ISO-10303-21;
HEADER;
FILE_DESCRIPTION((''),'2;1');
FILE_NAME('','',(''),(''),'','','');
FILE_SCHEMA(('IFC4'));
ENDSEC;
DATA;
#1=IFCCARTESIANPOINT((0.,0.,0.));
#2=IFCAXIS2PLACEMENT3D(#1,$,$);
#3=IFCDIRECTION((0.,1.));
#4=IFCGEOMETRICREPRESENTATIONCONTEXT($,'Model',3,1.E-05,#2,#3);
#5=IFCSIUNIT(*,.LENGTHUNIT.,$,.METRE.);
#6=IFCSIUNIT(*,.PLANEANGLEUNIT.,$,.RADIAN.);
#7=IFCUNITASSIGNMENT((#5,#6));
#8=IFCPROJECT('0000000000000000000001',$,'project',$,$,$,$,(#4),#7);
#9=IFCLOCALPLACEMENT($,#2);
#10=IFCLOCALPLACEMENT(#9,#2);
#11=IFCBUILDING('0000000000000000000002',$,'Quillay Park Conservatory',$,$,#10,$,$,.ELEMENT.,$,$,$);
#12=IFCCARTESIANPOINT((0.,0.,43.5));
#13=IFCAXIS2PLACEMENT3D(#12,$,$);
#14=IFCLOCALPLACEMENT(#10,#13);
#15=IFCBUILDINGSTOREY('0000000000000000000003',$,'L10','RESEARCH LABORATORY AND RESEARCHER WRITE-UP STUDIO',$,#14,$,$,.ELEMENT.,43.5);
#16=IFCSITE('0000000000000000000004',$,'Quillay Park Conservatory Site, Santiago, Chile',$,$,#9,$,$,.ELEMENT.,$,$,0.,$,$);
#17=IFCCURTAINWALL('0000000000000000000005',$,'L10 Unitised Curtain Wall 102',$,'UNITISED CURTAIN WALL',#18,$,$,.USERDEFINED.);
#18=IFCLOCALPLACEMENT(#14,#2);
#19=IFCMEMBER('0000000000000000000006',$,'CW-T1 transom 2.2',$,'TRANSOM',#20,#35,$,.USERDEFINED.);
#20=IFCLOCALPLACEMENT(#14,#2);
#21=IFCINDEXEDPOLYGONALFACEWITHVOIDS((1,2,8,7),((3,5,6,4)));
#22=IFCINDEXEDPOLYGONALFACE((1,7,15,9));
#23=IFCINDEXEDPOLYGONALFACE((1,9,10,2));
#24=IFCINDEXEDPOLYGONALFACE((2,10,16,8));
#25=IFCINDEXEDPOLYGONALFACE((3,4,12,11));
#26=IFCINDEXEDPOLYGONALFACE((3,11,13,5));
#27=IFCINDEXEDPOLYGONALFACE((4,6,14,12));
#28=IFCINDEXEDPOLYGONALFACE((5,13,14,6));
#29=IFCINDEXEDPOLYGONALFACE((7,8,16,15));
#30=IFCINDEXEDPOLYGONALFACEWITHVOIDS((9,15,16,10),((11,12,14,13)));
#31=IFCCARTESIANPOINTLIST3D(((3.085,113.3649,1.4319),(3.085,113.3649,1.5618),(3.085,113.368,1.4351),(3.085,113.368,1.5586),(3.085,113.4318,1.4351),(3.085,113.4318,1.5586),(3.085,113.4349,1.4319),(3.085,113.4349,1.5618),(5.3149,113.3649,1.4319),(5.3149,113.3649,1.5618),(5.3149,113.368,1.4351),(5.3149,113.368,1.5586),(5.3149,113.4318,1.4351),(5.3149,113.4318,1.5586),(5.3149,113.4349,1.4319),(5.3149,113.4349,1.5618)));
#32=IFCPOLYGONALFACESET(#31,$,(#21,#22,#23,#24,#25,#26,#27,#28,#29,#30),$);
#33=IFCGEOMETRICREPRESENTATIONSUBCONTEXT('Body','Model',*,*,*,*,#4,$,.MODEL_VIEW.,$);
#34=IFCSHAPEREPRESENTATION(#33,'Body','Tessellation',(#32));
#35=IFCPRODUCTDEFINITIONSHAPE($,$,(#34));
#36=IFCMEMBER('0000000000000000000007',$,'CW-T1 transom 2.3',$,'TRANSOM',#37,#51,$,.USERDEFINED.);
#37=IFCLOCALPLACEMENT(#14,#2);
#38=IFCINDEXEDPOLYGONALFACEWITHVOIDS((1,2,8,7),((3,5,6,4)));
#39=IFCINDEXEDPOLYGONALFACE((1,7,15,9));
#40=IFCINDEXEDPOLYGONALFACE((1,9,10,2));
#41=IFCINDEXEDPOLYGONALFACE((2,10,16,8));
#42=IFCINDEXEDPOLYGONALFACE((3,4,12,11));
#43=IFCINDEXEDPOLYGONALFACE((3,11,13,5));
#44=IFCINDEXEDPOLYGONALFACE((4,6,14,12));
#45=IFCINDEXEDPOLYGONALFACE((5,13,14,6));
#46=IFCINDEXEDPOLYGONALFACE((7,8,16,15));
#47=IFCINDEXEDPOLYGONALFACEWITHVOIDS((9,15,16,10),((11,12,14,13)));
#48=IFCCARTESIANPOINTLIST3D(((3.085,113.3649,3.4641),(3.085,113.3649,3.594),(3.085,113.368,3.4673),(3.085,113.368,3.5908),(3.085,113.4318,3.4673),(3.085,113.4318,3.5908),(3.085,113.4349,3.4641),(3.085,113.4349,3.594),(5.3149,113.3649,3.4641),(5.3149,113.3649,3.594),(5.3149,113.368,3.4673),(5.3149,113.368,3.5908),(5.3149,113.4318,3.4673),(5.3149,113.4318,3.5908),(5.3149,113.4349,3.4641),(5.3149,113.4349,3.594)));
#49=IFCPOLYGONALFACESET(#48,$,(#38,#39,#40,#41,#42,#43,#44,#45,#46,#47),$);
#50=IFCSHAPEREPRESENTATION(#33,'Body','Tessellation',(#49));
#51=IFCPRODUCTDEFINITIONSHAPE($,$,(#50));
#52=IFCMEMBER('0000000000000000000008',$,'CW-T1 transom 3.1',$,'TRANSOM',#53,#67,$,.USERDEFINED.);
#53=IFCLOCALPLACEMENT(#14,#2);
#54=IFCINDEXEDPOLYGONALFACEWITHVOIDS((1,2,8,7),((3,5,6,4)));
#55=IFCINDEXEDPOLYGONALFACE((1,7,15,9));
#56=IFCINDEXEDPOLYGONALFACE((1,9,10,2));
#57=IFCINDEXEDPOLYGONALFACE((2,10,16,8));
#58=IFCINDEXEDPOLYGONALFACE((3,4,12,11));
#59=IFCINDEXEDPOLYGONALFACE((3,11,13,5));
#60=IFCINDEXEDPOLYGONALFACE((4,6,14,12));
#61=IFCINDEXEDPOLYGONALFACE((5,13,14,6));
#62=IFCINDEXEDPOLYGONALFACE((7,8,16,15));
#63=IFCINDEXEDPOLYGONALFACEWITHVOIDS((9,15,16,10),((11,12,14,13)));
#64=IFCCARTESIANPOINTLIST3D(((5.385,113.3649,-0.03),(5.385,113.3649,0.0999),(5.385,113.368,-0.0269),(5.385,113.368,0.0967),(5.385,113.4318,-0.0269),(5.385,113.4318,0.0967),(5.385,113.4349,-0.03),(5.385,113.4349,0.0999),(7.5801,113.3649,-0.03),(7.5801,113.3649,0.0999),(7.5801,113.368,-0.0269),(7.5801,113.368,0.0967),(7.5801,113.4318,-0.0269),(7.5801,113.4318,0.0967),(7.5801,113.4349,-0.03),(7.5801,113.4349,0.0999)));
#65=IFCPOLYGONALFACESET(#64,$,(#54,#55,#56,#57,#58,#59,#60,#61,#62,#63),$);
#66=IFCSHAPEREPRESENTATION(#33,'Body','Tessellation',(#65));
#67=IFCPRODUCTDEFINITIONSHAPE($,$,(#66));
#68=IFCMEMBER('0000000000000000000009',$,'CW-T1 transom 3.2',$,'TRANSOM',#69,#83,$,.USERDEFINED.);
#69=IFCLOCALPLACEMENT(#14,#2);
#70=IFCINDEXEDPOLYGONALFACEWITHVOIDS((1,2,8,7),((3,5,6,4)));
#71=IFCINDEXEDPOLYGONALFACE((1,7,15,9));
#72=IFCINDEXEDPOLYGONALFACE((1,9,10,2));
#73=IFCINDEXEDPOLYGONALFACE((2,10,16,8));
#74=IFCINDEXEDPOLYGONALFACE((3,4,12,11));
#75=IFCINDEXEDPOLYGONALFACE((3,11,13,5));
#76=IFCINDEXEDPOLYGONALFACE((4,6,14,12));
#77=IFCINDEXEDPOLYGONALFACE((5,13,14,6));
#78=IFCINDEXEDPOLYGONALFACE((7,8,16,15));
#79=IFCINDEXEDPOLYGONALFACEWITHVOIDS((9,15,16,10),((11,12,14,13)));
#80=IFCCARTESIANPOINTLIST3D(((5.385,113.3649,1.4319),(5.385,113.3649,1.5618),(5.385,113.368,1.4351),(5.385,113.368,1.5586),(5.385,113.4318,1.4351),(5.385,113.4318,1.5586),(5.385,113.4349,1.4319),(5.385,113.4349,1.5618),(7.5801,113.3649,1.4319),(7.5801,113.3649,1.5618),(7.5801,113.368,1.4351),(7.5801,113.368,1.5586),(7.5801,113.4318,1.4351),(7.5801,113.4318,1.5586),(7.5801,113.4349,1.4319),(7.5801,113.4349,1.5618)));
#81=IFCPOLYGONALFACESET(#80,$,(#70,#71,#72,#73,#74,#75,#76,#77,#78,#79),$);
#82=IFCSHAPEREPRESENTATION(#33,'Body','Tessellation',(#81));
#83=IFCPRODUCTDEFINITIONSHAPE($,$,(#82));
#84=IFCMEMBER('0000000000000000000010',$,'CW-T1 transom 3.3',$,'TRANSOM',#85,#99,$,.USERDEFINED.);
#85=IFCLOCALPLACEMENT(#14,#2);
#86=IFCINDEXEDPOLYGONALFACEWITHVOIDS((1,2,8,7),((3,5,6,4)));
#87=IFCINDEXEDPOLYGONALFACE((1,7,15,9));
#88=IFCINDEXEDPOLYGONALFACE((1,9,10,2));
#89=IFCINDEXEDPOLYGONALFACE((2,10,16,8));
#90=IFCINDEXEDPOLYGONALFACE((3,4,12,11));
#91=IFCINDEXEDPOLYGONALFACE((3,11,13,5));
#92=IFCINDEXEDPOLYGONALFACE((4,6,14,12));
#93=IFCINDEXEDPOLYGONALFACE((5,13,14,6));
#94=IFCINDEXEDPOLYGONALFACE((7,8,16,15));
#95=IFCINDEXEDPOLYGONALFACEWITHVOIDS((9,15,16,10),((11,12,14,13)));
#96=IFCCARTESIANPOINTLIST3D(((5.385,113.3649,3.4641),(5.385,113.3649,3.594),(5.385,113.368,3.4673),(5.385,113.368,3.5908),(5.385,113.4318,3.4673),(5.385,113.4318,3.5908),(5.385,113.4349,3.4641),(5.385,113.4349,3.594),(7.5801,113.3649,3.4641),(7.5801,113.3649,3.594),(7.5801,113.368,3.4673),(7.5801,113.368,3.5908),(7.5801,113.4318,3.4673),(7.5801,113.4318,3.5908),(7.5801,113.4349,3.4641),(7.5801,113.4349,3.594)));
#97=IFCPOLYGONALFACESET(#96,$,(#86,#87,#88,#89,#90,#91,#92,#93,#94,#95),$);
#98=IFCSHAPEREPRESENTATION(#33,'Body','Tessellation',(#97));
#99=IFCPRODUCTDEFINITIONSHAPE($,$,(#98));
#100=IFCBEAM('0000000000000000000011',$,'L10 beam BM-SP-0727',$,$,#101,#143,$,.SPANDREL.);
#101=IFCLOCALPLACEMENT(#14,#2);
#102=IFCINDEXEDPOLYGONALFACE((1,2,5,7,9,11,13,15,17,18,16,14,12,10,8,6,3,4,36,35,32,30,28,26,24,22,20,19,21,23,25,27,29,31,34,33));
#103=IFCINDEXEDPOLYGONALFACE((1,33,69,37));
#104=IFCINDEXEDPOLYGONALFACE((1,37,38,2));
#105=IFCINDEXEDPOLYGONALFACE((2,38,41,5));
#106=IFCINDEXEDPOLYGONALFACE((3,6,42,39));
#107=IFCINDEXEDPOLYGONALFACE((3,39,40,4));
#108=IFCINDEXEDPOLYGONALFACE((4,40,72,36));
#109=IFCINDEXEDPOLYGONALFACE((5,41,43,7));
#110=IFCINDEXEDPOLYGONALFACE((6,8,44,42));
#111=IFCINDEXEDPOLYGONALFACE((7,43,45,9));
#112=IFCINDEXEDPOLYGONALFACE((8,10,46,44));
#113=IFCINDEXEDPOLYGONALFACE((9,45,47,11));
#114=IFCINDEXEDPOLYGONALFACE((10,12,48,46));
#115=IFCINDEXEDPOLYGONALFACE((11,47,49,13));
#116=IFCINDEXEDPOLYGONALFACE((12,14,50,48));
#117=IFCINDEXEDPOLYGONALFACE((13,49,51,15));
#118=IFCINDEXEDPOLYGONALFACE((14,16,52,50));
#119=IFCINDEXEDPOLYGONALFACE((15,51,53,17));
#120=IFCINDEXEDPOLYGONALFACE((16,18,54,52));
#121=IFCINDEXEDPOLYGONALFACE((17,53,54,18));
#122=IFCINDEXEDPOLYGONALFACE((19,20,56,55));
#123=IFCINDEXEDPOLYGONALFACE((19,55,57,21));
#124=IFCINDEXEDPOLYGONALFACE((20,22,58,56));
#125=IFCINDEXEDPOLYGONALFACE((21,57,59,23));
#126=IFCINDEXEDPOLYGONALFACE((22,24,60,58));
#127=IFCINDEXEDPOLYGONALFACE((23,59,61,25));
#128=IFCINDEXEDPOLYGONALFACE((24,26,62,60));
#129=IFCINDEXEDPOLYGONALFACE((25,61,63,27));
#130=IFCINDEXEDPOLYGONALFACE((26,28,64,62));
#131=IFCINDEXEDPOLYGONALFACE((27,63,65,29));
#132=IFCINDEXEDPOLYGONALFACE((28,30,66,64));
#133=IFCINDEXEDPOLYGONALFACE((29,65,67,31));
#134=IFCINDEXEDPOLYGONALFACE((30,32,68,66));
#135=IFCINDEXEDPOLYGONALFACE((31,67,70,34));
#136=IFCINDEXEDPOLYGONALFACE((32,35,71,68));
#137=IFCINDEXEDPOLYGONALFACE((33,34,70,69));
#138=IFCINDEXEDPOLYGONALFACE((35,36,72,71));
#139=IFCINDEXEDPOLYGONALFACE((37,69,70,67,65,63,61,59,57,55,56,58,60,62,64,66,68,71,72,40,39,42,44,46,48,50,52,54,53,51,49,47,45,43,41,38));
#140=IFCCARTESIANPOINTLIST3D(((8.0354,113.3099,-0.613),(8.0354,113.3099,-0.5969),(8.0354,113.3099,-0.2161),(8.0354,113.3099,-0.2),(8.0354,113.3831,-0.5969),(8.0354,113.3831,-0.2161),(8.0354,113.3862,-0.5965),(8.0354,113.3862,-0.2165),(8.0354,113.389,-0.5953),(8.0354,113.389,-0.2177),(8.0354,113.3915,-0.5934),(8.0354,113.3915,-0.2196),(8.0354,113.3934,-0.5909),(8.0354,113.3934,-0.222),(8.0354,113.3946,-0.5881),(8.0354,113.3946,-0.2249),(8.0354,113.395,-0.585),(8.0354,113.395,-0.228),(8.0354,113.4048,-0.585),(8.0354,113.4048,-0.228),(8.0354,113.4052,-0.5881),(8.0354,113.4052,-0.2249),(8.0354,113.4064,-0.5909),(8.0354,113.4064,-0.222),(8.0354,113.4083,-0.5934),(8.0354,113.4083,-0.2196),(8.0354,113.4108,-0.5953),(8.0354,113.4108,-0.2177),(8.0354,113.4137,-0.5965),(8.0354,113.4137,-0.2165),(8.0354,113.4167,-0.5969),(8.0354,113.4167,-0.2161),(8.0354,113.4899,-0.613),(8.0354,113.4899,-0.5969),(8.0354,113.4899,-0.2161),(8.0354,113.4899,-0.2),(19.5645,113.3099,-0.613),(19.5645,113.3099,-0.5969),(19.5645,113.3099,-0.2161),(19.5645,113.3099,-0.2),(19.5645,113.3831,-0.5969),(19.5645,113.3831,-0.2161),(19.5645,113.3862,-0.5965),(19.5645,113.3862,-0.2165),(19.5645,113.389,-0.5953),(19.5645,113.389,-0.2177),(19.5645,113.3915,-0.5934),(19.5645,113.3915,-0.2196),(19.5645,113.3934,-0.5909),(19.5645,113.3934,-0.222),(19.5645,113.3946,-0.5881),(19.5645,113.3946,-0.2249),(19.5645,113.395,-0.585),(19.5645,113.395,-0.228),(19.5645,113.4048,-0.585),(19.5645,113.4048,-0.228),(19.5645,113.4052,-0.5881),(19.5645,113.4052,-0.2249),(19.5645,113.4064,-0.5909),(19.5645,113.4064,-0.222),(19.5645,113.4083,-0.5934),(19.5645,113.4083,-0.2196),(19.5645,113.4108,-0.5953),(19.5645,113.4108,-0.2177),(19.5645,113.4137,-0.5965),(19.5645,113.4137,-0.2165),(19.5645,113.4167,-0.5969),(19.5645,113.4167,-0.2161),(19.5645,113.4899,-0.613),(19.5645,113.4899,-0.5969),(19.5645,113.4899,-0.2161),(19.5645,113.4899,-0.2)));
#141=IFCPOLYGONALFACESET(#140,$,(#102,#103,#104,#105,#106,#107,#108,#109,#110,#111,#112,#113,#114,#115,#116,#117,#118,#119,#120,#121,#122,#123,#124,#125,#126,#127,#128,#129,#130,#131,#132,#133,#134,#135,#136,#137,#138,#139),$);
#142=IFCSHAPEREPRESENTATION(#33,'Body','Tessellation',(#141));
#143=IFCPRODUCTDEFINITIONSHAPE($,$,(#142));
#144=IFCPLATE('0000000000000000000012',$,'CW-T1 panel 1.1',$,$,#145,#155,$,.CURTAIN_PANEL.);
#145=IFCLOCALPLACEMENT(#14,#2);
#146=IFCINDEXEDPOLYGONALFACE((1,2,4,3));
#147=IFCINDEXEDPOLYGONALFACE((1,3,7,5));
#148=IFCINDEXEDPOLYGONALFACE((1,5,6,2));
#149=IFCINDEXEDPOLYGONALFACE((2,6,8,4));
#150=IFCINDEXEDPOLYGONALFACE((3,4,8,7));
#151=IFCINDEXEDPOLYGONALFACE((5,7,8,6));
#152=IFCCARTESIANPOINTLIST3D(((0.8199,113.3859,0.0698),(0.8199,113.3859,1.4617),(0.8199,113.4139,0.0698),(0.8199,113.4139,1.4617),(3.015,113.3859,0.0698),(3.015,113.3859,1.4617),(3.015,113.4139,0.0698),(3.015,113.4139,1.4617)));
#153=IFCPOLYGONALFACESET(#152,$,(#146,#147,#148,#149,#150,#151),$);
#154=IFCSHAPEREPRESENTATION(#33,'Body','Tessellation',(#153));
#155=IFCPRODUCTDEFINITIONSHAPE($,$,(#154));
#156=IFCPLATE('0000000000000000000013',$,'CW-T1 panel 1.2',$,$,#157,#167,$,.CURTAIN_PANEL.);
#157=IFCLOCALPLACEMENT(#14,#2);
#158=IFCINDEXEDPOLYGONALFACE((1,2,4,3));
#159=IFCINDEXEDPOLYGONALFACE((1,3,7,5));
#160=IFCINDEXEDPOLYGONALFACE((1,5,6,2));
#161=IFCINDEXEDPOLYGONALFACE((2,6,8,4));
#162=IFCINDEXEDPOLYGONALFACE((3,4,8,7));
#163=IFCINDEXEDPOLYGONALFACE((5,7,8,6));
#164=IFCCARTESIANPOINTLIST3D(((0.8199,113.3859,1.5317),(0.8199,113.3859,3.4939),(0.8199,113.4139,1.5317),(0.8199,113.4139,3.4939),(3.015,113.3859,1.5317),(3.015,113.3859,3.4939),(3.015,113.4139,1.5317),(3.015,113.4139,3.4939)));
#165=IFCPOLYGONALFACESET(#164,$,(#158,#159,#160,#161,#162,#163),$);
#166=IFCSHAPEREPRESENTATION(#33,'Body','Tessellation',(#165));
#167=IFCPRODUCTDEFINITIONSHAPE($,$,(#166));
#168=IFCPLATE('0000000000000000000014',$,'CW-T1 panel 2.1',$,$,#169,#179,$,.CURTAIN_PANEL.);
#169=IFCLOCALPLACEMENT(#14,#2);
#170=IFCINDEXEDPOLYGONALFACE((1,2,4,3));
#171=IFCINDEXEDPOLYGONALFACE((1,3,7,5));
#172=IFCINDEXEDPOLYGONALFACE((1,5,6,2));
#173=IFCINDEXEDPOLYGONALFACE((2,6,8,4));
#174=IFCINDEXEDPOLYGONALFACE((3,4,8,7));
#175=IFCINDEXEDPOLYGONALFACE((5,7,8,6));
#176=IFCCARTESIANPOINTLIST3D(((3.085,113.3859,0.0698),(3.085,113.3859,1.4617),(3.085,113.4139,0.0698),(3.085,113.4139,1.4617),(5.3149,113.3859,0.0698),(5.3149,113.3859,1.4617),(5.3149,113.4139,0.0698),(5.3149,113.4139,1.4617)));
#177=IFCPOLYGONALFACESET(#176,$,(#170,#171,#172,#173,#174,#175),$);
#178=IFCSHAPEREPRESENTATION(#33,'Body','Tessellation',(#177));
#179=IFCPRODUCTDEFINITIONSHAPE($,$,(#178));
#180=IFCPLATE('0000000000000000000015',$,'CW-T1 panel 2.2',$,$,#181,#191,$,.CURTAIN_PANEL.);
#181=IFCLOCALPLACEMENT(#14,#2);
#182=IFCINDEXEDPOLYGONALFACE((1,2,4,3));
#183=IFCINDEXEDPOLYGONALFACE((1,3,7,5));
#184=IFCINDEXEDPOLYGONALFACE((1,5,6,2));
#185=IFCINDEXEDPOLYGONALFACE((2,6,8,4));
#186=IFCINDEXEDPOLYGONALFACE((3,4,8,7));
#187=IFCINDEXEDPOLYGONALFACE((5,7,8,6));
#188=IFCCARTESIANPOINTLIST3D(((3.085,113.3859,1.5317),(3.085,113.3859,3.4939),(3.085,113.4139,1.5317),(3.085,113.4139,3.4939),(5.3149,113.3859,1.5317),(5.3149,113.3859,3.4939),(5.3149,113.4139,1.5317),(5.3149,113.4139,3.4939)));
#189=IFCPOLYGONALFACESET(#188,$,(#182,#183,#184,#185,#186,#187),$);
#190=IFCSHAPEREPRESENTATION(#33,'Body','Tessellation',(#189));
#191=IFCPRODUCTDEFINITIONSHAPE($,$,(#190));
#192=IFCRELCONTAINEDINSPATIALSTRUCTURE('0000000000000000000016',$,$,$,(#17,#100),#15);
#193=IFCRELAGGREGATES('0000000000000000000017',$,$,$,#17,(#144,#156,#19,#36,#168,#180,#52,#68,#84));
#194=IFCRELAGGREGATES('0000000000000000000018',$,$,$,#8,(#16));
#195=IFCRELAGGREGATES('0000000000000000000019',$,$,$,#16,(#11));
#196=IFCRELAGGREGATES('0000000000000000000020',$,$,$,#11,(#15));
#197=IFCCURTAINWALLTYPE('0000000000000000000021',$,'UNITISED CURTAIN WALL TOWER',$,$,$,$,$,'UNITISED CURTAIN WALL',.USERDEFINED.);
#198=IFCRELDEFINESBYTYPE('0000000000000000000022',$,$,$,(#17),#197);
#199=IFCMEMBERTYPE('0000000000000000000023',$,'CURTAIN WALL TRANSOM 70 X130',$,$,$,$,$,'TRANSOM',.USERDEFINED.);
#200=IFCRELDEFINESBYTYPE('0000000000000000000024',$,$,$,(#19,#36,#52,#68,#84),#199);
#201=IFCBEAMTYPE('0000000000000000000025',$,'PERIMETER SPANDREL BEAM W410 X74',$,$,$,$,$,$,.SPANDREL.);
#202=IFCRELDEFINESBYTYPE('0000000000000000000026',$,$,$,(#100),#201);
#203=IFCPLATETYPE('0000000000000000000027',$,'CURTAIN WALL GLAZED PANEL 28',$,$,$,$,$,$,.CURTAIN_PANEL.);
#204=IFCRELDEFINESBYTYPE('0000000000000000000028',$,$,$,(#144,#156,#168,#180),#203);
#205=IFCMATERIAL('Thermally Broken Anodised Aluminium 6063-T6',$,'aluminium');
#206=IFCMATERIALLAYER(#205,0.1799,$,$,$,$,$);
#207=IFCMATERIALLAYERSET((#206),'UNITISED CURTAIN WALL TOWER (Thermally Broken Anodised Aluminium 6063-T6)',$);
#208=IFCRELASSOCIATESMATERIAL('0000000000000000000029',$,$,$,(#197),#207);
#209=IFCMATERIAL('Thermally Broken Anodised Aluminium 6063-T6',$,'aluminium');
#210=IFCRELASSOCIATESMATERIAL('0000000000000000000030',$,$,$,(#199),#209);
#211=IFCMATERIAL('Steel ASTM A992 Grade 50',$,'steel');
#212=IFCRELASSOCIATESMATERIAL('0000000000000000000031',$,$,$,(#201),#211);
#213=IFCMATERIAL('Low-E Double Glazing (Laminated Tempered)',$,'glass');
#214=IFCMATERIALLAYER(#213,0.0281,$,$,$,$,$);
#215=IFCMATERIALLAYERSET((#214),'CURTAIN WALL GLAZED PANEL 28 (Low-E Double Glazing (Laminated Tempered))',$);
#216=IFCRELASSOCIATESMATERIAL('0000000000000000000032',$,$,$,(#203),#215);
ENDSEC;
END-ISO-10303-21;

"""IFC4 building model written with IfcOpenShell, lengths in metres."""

from ifc_helpers import new_model, si_unit, direction, frame, origin, origin_2d, place, context, subcontext, project, spatial, rectangle, hollow_rectangle, i_section, extrude, material, layer, layer_set, material_profile, profile_set, type_object, element, aggregate, save


model = new_model("IFC4")

# Units and contexts
model_context = context("Model", 3, precision=1e-05, world=origin(), true_north=direction((0.0, 1.0)))
body_context = subcontext(model_context, "Body", "Model", "MODEL_VIEW")
ifc_project = project(units=[si_unit("LENGTHUNIT", "METRE"), si_unit("PLANEANGLEUNIT", "RADIAN")], contexts=[model_context])

# Site, building, storey
site_placement = place(None, origin())
site = spatial("IfcSite", under=ifc_project, at=site_placement, Name="Quillay Park Conservatory Site, Santiago, Chile", CompositionType="ELEMENT", RefElevation=0.0)
building_placement = place(site_placement, origin())
building = spatial("IfcBuilding", under=site, at=building_placement, Name="Quillay Park Conservatory", CompositionType="ELEMENT")
storey_placement = place(building_placement, frame((0.0, 0.0, 43.5)))
storey = spatial("IfcBuildingStorey", under=building, at=storey_placement, Name="L10", Description="RESEARCH LABORATORY AND RESEARCHER WRITE-UP STUDIO", CompositionType="ELEMENT", Elevation=43.5)

# Curtain wall, members
ifc_material_1 = material(Name="Thermally Broken Anodised Aluminium 6063-T6", Category="aluminium")
ifc_layer_1 = layer(ifc_material_1, 0.1799)
ifc_layer_set_1 = layer_set([ifc_layer_1], Name="UNITISED CURTAIN WALL TOWER (Thermally Broken Anodised Aluminium 6063-T6)")
curtain_wall_type = type_object("IfcCurtainWallType", Name="UNITISED CURTAIN WALL TOWER", ElementType="UNITISED CURTAIN WALL", PredefinedType="USERDEFINED", material=ifc_layer_set_1)
curtain_wall_placement = place(storey_placement, origin())
curtain_wall = element("IfcCurtainWall", 1, at=curtain_wall_placement, inside=storey, type_object=curtain_wall_type, Name="L10 Unitised Curtain Wall 102", ObjectType="UNITISED CURTAIN WALL", PredefinedType="USERDEFINED")
ifc_material_2 = material(Name="Thermally Broken Anodised Aluminium 6063-T6", Category="aluminium")
ifc_material_profile_1 = material_profile(ifc_material_2, hollow_rectangle(XDim=0.0701, YDim=0.1299, WallThickness=0.0032, at=origin_2d()), Name="AL70x130x3.2")
ifc_profile_set_1 = profile_set([ifc_material_profile_1], Name="Thermally Broken Anodised Aluminium 6063-T6")
member_type_1 = type_object("IfcMemberType", Name="CURTAIN WALL TRANSOM 70 X130", ElementType="TRANSOM", PredefinedType="USERDEFINED", material=ifc_profile_set_1)
member_1_placement = place(storey_placement, frame((3.085, 113.3999, 1.4968), z_axis=(1.0, 0.0, 0.0), x_axis=(0.0, 1.0, 0.0)))
member_1 = element("IfcMember", 2, at=member_1_placement, type_object=member_type_1, Name="CW-T1 transom 2.2", ObjectType="TRANSOM", PredefinedType="USERDEFINED", context=body_context, shape_type="SweptSolid", body=[
    extrude(hollow_rectangle(XDim=0.0701, YDim=0.1299, WallThickness=0.0032, at=origin_2d()), origin(), (0.0, 0.0, 1.0), 2.23),
])
member_2_placement = place(storey_placement, frame((3.085, 113.3999, 3.5291), z_axis=(1.0, 0.0, 0.0), x_axis=(0.0, 1.0, 0.0)))
member_2 = element("IfcMember", 3, at=member_2_placement, type_object=member_type_1, Name="CW-T1 transom 2.3", ObjectType="TRANSOM", PredefinedType="USERDEFINED", context=body_context, shape_type="SweptSolid", body=[
    extrude(hollow_rectangle(XDim=0.0701, YDim=0.1299, WallThickness=0.0032, at=origin_2d()), origin(), (0.0, 0.0, 1.0), 2.23),
])
member_3_placement = place(storey_placement, frame((5.385, 113.3999, 0.0349), z_axis=(1.0, 0.0, 0.0), x_axis=(0.0, 1.0, 0.0)))
member_3 = element("IfcMember", 4, at=member_3_placement, type_object=member_type_1, Name="CW-T1 transom 3.1", ObjectType="TRANSOM", PredefinedType="USERDEFINED", context=body_context, shape_type="SweptSolid", body=[
    extrude(hollow_rectangle(XDim=0.0701, YDim=0.1299, WallThickness=0.0032, at=origin_2d()), origin(), (0.0, 0.0, 1.0), 2.1951),
])
member_4_placement = place(storey_placement, frame((5.385, 113.3999, 1.4968), z_axis=(1.0, 0.0, 0.0), x_axis=(0.0, 1.0, 0.0)))
member_4 = element("IfcMember", 5, at=member_4_placement, type_object=member_type_1, Name="CW-T1 transom 3.2", ObjectType="TRANSOM", PredefinedType="USERDEFINED", context=body_context, shape_type="SweptSolid", body=[
    extrude(hollow_rectangle(XDim=0.0701, YDim=0.1299, WallThickness=0.0032, at=origin_2d()), origin(), (0.0, 0.0, 1.0), 2.1951),
])
member_5_placement = place(storey_placement, frame((5.385, 113.3999, 3.5291), z_axis=(1.0, 0.0, 0.0), x_axis=(0.0, 1.0, 0.0)))
member_5 = element("IfcMember", 6, at=member_5_placement, type_object=member_type_1, Name="CW-T1 transom 3.3", ObjectType="TRANSOM", PredefinedType="USERDEFINED", context=body_context, shape_type="SweptSolid", body=[
    extrude(hollow_rectangle(XDim=0.0701, YDim=0.1299, WallThickness=0.0032, at=origin_2d()), origin(), (0.0, 0.0, 1.0), 2.1951),
])

# Beam
ifc_material_3 = material(Name="Steel ASTM A992 Grade 50", Category="steel")
ifc_material_profile_2 = material_profile(ifc_material_3, i_section(OverallWidth=0.1799, OverallDepth=0.4131, WebThickness=0.0098, FlangeThickness=0.0161, FilletRadius=0.012, at=origin_2d()), Name="W410x74")
ifc_profile_set_2 = profile_set([ifc_material_profile_2], Name="Steel ASTM A992 Grade 50")
beam_type = type_object("IfcBeamType", Name="PERIMETER SPANDREL BEAM W410 X74", PredefinedType="SPANDREL", material=ifc_profile_set_2)
beam_placement = place(storey_placement, frame((8.0354, 113.3999, -0.4065), z_axis=(1.0, 0.0, 0.0), x_axis=(0.0, 1.0, 0.0)))
element("IfcBeam", 7, at=beam_placement, inside=storey, type_object=beam_type, Name="L10 beam BM-SP-0727", PredefinedType="SPANDREL", context=body_context, shape_type="SweptSolid", body=[
    extrude(i_section(OverallWidth=0.1799, OverallDepth=0.4131, WebThickness=0.0098, FlangeThickness=0.0161, FilletRadius=0.012, at=origin_2d()), origin(), (0.0, 0.0, 1.0), 11.5291),
])

# Plates
ifc_material_4 = material(Name="Low-E Double Glazing (Laminated Tempered)", Category="glass")
ifc_layer_2 = layer(ifc_material_4, 0.0281)
ifc_layer_set_2 = layer_set([ifc_layer_2], Name="CURTAIN WALL GLAZED PANEL 28 (Low-E Double Glazing (Laminated Tempered))")
plate_type = type_object("IfcPlateType", Name="CURTAIN WALL GLAZED PANEL 28", PredefinedType="CURTAIN_PANEL", material=ifc_layer_set_2)
plate_1_placement = place(storey_placement, frame((1.9175, 113.3999, 0.0698), z_axis=(0.0, 0.0, 1.0), x_axis=(1.0, 0.0, 0.0)))
plate_1 = element("IfcPlate", 8, at=plate_1_placement, type_object=plate_type, Name="CW-T1 panel 1.1", PredefinedType="CURTAIN_PANEL", context=body_context, shape_type="SweptSolid", body=[
    extrude(rectangle(XDim=2.1951, YDim=0.0281, at=origin_2d()), origin(), (0.0, 0.0, 1.0), 1.3918),
])
plate_2_placement = place(storey_placement, frame((1.9175, 113.3999, 1.5317), z_axis=(0.0, 0.0, 1.0), x_axis=(1.0, 0.0, 0.0)))
plate_2 = element("IfcPlate", 9, at=plate_2_placement, type_object=plate_type, Name="CW-T1 panel 1.2", PredefinedType="CURTAIN_PANEL", context=body_context, shape_type="SweptSolid", body=[
    extrude(rectangle(XDim=2.1951, YDim=0.0281, at=origin_2d()), origin(), (0.0, 0.0, 1.0), 1.9622),
])
plate_3_placement = place(storey_placement, frame((4.2, 113.3999, 0.0698), z_axis=(0.0, 0.0, 1.0), x_axis=(1.0, 0.0, 0.0)))
plate_3 = element("IfcPlate", 10, at=plate_3_placement, type_object=plate_type, Name="CW-T1 panel 2.1", PredefinedType="CURTAIN_PANEL", context=body_context, shape_type="SweptSolid", body=[
    extrude(rectangle(XDim=2.23, YDim=0.0281, at=origin_2d()), origin(), (0.0, 0.0, 1.0), 1.3918),
])
plate_4_placement = place(storey_placement, frame((4.2, 113.3999, 1.5317), z_axis=(0.0, 0.0, 1.0), x_axis=(1.0, 0.0, 0.0)))
plate_4 = element("IfcPlate", 11, at=plate_4_placement, type_object=plate_type, Name="CW-T1 panel 2.2", PredefinedType="CURTAIN_PANEL", context=body_context, shape_type="SweptSolid", body=[
    extrude(rectangle(XDim=2.23, YDim=0.0281, at=origin_2d()), origin(), (0.0, 0.0, 1.0), 1.9622),
])
aggregate(curtain_wall, [plate_1, plate_2, member_1, member_2, plate_3, plate_4, member_3, member_4, member_5])

save(model, "model.ifc")
